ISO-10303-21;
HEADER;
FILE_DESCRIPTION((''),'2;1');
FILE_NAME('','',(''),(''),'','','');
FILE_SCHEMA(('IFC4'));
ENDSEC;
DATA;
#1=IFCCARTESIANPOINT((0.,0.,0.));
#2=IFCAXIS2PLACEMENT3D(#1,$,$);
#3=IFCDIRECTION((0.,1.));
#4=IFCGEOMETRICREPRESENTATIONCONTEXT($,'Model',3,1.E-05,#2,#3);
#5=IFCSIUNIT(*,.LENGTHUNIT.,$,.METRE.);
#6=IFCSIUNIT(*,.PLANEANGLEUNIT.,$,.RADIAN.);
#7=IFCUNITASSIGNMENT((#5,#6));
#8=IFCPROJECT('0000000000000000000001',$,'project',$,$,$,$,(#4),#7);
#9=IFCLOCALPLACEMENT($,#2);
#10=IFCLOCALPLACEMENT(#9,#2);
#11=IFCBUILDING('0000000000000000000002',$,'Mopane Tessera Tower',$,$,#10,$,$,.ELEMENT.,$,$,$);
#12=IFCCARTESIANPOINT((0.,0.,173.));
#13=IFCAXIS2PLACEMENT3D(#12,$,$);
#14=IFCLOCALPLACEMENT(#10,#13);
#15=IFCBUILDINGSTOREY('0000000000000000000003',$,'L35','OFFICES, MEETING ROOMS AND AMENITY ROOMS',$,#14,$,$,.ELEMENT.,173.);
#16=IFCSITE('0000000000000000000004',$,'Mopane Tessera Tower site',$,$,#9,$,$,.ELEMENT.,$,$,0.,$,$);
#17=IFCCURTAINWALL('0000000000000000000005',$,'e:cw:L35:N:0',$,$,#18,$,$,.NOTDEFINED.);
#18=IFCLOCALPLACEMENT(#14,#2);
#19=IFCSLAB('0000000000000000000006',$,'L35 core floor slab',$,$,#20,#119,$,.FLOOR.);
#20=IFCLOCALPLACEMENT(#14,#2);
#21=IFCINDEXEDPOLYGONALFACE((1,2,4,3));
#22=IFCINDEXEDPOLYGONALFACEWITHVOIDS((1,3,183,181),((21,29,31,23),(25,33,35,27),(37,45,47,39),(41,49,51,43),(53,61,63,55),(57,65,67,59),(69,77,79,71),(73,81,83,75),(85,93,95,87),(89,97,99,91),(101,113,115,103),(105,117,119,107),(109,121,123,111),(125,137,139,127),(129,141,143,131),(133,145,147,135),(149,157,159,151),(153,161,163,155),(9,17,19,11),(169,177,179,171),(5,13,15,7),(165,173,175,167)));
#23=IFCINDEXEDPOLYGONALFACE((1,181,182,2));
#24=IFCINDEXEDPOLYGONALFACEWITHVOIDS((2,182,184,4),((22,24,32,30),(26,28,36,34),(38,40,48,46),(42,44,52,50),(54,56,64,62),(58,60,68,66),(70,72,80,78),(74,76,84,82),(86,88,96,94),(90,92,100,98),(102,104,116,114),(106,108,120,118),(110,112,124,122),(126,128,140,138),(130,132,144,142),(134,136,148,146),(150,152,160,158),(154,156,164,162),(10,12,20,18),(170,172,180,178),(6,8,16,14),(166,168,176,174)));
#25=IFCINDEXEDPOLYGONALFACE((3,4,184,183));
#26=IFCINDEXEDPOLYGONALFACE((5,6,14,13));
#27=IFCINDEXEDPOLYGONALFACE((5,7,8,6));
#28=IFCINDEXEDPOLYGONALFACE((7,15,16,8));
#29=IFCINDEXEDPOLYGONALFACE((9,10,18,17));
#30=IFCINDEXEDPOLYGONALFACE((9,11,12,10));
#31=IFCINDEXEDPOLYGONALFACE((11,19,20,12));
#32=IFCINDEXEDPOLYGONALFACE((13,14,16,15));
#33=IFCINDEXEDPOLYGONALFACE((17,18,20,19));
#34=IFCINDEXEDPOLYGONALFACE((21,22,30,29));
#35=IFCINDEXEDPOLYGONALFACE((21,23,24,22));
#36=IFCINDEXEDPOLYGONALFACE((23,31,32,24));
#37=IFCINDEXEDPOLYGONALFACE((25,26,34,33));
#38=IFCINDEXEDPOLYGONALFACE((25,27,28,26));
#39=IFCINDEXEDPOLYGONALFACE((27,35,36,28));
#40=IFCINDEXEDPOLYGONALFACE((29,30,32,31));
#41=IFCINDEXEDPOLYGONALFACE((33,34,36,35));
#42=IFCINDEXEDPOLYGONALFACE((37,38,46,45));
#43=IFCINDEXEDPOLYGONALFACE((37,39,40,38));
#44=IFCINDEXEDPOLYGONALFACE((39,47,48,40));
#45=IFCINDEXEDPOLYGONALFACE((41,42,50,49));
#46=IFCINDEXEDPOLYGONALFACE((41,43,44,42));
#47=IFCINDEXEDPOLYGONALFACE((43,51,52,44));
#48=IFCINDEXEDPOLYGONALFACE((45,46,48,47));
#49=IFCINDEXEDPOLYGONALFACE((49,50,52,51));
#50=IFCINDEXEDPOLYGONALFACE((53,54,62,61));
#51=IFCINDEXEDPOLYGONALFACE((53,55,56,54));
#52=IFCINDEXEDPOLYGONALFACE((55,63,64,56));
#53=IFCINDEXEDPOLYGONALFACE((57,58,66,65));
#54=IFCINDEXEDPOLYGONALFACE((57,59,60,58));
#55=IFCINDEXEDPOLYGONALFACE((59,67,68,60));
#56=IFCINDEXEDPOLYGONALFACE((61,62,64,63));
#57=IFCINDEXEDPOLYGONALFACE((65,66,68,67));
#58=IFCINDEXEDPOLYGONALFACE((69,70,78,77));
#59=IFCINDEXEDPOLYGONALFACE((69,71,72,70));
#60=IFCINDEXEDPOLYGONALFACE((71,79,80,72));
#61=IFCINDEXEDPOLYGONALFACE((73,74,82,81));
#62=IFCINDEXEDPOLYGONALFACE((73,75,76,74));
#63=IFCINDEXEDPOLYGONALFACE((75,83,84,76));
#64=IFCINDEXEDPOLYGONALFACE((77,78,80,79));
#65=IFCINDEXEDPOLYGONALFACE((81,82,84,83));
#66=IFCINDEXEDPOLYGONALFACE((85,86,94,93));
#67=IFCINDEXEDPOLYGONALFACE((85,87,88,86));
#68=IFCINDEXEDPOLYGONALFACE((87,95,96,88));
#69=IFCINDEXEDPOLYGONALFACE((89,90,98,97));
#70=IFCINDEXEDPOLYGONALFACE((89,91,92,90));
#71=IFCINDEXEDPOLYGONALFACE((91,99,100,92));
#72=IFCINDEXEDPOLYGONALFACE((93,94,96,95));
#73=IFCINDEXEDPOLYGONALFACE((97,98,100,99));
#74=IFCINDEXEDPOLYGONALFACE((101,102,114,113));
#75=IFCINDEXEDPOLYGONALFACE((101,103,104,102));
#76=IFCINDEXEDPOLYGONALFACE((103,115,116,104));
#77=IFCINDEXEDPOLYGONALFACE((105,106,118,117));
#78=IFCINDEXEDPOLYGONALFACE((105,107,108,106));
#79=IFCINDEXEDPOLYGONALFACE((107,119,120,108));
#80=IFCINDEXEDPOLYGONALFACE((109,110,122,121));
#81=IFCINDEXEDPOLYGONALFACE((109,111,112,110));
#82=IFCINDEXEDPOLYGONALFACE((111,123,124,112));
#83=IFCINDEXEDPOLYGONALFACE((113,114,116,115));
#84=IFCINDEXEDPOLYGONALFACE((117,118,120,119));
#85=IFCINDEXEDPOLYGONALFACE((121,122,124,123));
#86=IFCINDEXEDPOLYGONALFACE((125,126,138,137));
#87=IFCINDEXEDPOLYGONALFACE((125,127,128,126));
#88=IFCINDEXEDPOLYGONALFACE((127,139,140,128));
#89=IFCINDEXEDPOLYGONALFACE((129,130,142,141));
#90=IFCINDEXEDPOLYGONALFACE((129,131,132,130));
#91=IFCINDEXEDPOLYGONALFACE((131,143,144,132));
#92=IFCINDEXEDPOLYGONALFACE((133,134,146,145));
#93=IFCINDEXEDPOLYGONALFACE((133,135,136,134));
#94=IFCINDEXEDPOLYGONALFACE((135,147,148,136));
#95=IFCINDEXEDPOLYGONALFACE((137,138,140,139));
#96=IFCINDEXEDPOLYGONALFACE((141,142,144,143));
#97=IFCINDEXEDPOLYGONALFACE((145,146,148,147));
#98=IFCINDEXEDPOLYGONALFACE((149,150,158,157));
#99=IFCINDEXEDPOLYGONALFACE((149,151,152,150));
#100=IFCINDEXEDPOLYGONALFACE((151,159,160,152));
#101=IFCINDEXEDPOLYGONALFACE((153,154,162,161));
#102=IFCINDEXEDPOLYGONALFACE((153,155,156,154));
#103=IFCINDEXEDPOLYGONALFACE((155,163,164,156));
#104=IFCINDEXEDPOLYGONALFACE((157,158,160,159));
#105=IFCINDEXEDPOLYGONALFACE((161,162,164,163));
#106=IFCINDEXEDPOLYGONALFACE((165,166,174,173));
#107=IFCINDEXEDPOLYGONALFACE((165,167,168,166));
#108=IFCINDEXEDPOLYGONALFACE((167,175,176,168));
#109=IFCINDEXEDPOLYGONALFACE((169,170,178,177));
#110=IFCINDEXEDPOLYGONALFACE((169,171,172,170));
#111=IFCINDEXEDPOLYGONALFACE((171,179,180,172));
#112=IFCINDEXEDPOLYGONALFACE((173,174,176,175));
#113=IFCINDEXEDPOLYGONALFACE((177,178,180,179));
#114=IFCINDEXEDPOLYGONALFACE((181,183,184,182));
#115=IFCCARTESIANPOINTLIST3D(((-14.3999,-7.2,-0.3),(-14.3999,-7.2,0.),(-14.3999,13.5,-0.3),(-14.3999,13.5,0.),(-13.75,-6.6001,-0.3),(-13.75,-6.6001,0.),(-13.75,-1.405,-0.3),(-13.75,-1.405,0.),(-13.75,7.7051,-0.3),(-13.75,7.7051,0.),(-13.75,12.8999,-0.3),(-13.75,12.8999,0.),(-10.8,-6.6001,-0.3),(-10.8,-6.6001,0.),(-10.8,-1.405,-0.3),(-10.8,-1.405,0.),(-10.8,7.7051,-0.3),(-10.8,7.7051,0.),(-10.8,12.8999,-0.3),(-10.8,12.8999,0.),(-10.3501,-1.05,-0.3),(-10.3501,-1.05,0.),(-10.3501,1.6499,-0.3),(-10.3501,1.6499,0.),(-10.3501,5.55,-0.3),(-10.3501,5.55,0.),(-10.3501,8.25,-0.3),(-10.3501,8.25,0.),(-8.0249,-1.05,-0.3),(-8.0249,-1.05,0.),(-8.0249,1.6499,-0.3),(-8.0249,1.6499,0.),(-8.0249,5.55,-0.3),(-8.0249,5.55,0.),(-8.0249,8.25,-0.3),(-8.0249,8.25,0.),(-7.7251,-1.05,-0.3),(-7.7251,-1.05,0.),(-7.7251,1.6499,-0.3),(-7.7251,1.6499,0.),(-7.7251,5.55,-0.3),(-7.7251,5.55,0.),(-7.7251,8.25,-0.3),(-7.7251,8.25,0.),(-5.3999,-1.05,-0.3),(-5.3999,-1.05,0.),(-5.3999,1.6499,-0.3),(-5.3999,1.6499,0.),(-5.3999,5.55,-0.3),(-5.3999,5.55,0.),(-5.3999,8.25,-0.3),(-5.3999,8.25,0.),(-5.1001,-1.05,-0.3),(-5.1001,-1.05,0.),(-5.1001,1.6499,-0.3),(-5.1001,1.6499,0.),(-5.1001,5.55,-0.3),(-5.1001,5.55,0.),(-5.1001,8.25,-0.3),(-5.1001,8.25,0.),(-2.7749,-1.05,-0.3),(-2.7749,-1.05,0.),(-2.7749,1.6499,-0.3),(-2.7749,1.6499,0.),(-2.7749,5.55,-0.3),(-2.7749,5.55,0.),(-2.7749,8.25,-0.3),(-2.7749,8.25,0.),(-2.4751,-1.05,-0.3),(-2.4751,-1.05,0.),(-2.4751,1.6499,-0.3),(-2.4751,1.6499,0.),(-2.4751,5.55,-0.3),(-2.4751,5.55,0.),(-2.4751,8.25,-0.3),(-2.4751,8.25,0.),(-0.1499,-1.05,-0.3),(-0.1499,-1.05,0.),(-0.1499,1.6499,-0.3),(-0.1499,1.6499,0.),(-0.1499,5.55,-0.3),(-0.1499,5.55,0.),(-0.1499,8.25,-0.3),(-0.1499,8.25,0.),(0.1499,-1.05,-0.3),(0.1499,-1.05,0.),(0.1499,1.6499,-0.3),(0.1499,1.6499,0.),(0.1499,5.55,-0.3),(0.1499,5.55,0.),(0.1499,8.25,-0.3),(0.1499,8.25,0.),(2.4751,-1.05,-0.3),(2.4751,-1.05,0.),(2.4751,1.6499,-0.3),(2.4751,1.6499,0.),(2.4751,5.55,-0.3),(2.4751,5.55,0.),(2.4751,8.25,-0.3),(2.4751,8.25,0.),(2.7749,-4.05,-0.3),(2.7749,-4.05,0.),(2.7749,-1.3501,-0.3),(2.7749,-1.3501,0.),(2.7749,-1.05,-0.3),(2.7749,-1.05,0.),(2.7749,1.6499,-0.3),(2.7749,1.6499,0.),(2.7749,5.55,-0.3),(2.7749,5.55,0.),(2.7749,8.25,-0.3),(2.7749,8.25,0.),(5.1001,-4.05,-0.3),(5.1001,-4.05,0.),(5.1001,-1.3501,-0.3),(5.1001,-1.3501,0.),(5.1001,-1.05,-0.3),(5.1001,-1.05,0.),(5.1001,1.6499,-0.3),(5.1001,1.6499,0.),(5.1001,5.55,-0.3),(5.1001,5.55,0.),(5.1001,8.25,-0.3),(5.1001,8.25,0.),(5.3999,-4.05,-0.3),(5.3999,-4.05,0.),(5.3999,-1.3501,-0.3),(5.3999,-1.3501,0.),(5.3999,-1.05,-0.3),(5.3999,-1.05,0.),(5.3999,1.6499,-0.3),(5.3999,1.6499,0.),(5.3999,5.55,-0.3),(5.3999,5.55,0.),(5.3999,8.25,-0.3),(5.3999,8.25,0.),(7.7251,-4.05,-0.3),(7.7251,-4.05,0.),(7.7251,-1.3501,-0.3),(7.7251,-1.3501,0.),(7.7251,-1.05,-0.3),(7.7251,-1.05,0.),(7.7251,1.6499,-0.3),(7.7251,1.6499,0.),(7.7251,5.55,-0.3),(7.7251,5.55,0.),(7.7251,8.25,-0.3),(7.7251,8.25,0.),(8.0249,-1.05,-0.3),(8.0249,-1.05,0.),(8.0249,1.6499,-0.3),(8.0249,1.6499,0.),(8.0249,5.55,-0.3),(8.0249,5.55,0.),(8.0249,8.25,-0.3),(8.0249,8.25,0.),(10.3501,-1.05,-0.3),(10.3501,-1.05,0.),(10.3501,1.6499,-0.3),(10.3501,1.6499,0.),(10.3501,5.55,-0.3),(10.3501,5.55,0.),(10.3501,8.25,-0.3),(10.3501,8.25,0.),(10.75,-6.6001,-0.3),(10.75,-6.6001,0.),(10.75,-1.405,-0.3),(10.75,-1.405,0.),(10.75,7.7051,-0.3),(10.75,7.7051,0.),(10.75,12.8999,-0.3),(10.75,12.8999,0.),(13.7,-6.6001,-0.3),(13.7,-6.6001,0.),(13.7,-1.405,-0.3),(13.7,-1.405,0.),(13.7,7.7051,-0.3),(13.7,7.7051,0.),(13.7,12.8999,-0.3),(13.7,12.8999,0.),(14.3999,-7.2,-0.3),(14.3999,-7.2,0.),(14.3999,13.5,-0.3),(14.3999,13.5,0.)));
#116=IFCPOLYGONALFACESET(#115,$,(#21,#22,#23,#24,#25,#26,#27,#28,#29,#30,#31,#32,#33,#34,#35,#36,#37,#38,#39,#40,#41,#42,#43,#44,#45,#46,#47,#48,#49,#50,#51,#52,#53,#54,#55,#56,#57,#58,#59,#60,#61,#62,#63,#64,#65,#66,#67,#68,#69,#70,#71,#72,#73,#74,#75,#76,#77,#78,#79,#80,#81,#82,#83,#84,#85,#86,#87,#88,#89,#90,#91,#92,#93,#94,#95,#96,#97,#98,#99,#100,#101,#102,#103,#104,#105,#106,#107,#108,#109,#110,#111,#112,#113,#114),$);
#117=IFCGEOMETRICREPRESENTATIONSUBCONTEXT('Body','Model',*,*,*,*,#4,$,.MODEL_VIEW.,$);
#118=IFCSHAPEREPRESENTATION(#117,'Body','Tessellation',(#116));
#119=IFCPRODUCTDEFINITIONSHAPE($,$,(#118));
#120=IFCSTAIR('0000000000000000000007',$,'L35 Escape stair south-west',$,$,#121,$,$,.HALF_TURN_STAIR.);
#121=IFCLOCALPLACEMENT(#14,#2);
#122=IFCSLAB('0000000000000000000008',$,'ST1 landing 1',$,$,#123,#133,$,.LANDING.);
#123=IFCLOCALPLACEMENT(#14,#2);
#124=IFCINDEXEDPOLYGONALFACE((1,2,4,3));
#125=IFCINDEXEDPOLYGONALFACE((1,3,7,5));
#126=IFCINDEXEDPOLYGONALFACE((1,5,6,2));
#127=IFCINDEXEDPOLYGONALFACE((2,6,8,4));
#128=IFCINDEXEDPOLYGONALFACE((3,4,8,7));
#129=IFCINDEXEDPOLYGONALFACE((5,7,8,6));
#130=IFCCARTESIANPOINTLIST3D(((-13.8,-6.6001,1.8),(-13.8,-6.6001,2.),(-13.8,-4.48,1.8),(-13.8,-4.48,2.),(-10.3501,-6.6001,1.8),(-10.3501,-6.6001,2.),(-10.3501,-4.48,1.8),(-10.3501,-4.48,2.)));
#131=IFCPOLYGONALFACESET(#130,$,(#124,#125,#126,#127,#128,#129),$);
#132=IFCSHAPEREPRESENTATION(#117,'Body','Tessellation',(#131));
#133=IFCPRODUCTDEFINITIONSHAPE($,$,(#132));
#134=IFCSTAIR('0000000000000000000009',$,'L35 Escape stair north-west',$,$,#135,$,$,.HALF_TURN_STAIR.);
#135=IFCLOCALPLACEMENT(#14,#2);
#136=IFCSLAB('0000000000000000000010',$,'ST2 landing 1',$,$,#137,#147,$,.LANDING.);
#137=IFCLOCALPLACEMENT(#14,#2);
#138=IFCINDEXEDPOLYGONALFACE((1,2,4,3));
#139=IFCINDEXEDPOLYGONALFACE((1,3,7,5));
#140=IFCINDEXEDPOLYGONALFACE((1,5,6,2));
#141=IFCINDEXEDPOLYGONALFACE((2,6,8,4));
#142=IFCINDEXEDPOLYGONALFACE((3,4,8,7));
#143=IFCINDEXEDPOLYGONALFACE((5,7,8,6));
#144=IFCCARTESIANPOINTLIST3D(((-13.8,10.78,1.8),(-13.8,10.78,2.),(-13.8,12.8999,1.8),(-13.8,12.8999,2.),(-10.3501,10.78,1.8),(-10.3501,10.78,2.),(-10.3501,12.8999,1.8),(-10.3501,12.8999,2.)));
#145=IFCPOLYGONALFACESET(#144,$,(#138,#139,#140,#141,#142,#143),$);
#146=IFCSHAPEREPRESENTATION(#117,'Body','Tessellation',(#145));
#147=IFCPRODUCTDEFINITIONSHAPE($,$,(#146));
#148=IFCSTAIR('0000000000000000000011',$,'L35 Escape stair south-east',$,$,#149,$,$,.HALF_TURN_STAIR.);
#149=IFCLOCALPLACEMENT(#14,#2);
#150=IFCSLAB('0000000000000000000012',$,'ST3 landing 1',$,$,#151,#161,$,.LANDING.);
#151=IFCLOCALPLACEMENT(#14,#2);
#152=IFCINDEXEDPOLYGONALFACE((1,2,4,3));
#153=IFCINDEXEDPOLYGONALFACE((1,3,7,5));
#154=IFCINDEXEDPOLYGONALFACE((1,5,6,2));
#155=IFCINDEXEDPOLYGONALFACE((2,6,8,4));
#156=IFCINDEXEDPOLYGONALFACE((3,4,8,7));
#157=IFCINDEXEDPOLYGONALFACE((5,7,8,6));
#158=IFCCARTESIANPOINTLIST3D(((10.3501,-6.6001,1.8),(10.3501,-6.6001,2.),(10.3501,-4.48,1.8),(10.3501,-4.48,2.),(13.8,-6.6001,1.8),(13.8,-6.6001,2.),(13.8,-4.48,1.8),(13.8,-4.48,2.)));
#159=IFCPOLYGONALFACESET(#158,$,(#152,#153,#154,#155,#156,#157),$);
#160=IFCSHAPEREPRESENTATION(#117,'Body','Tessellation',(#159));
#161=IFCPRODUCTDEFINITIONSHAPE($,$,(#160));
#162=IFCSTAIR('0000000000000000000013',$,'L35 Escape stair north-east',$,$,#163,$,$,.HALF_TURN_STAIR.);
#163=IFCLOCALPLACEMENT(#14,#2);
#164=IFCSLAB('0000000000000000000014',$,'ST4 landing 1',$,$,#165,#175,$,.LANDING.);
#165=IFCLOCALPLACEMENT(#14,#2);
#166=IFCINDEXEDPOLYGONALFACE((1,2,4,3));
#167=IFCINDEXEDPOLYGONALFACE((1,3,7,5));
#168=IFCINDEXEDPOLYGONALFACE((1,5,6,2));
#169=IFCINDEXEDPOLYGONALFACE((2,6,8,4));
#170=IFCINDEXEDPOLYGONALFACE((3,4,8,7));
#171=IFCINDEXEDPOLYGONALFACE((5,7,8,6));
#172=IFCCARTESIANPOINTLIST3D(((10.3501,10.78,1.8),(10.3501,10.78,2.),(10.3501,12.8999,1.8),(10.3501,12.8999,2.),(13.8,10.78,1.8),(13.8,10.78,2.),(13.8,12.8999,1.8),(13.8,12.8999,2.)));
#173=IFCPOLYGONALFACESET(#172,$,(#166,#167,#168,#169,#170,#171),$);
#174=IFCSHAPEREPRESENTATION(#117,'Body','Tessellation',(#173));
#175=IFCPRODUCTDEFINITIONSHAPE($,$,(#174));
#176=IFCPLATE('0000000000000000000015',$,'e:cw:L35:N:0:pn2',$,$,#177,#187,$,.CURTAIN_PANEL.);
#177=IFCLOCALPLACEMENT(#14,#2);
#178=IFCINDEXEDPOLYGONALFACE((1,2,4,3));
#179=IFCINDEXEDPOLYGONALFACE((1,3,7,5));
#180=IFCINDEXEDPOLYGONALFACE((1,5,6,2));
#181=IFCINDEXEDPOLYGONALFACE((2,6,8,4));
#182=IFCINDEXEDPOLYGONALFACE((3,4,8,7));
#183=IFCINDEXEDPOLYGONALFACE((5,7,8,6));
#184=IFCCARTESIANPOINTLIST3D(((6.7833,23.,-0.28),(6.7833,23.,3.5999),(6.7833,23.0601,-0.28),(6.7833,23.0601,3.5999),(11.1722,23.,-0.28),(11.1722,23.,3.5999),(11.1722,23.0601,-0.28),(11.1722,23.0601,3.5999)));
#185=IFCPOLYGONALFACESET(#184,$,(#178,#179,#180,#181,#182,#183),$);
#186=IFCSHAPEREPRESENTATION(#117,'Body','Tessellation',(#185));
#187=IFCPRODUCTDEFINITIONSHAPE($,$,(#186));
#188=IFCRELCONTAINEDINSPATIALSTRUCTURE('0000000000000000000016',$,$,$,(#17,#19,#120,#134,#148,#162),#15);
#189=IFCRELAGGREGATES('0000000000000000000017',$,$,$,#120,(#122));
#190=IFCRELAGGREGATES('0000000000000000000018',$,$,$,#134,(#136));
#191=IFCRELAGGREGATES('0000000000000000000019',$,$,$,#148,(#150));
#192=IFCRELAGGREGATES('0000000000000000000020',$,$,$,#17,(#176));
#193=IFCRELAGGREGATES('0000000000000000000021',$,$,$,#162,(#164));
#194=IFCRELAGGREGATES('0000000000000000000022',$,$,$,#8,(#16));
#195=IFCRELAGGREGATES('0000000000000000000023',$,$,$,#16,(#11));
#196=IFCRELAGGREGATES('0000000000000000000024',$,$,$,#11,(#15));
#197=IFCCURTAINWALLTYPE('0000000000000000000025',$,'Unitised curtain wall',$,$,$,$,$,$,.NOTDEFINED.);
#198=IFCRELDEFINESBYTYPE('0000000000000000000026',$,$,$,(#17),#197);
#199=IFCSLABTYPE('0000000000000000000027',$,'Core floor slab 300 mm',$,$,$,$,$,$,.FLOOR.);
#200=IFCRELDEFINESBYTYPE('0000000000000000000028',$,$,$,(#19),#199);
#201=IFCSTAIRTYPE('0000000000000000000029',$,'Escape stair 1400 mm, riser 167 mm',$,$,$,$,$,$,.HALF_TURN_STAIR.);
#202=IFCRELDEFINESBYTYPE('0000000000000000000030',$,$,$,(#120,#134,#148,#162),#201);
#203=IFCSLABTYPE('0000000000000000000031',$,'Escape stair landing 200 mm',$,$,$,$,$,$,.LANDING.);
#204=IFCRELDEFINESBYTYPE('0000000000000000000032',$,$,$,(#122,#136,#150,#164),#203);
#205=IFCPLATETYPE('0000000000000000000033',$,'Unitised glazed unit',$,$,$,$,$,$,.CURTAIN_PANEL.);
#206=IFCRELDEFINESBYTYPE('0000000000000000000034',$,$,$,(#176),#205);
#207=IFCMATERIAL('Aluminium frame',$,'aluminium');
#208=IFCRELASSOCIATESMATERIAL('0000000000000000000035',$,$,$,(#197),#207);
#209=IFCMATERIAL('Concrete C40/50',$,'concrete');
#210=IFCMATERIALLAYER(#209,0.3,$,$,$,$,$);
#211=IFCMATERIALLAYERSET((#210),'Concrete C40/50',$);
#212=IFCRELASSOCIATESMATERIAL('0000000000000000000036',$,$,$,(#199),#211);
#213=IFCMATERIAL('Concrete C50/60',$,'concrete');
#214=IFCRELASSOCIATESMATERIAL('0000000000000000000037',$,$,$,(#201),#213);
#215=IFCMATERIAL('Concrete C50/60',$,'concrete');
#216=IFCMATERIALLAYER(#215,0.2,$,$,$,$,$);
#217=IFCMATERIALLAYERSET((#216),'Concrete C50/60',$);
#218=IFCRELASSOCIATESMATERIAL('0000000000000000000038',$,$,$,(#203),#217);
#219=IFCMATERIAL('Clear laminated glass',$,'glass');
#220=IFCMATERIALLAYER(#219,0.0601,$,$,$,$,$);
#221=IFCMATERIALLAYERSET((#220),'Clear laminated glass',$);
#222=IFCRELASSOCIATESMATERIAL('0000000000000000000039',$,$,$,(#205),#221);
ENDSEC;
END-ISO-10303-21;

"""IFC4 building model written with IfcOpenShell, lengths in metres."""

from ifc_helpers import new_model, si_unit, direction, frame, origin, origin_2d, place, context, subcontext, project, spatial, polyline, rectangle, outline, extrude, material, layer, layer_set, type_object, element, aggregate, save


model = new_model("IFC4")

# Units and contexts
model_context = context("Model", 3, precision=1e-05, world=origin(), true_north=direction((0.0, 1.0)))
body_context = subcontext(model_context, "Body", "Model", "MODEL_VIEW")
ifc_project = project(units=[si_unit("LENGTHUNIT", "METRE"), si_unit("PLANEANGLEUNIT", "RADIAN")], contexts=[model_context])

# Site, building, storey
site_placement = place(None, origin())
site = spatial("IfcSite", under=ifc_project, at=site_placement, Name="Mopane Tessera Tower site", CompositionType="ELEMENT", RefElevation=0.0)
building_placement = place(site_placement, origin())
building = spatial("IfcBuilding", under=site, at=building_placement, Name="Mopane Tessera Tower", CompositionType="ELEMENT")
storey_placement = place(building_placement, frame((0.0, 0.0, 173.0)))
storey = spatial("IfcBuildingStorey", under=building, at=storey_placement, Name="L35", Description="OFFICES, MEETING ROOMS AND AMENITY ROOMS", CompositionType="ELEMENT", Elevation=173.0)

# Curtain wall
ifc_material_1 = material(Name="Aluminium frame", Category="aluminium")
curtain_wall_type = type_object("IfcCurtainWallType", Name="Unitised curtain wall", PredefinedType="NOTDEFINED", material=ifc_material_1)
curtain_wall_1_placement = place(storey_placement, origin())
curtain_wall_1 = element("IfcCurtainWall", 1, at=curtain_wall_1_placement, inside=storey, type_object=curtain_wall_type, Name="e:cw:L35:N:0", PredefinedType="NOTDEFINED")

# Slab
ifc_material_2 = material(Name="Concrete C40/50", Category="concrete")
ifc_layer_1 = layer(ifc_material_2, 0.3)
ifc_layer_set_1 = layer_set([ifc_layer_1], Name="Concrete C40/50")
slab_type_1 = type_object("IfcSlabType", Name="Core floor slab 300 mm", PredefinedType="FLOOR", material=ifc_layer_set_1)
slab_1_placement = place(storey_placement, frame((0.0, 0.0, -0.3)))
element("IfcSlab", 2, at=slab_1_placement, inside=storey, type_object=slab_type_1, Name="L35 core floor slab", PredefinedType="FLOOR", context=body_context, shape_type="SweptSolid", body=[
    extrude(outline(polyline([(-14.3999, -7.2), (14.3999, -7.2), (14.3999, 13.5), (-14.3999, 13.5), (-14.3999, -7.2)]), holes=[polyline([(-10.3501, -1.05), (-8.0249, -1.05), (-8.0249, 1.6499), (-10.3501, 1.6499), (-10.3501, -1.05)]), polyline([(-7.7251, -1.05), (-5.3999, -1.05), (-5.3999, 1.6499), (-7.7251, 1.6499), (-7.7251, -1.05)]), polyline([(-5.1001, -1.05), (-2.7749, -1.05), (-2.7749, 1.6499), (-5.1001, 1.6499), (-5.1001, -1.05)]), polyline([(-2.4751, -1.05), (-0.1499, -1.05), (-0.1499, 1.6499), (-2.4751, 1.6499), (-2.4751, -1.05)]), polyline([(0.1499, -1.05), (2.4751, -1.05), (2.4751, 1.6499), (0.1499, 1.6499), (0.1499, -1.05)]), polyline([(2.7749, -1.05), (5.1001, -1.05), (5.1001, 1.6499), (2.7749, 1.6499), (2.7749, -1.05)]), polyline([(5.3999, -1.05), (7.7251, -1.05), (7.7251, 1.6499), (5.3999, 1.6499), (5.3999, -1.05)]), polyline([(8.0249, -1.05), (10.3501, -1.05), (10.3501, 1.6499), (8.0249, 1.6499), (8.0249, -1.05)]), polyline([(-10.3501, 5.55), (-8.0249, 5.55), (-8.0249, 8.25), (-10.3501, 8.25), (-10.3501, 5.55)]), polyline([(-7.7251, 5.55), (-5.3999, 5.55), (-5.3999, 8.25), (-7.7251, 8.25), (-7.7251, 5.55)]), polyline([(-5.1001, 5.55), (-2.7749, 5.55), (-2.7749, 8.25), (-5.1001, 8.25), (-5.1001, 5.55)]), polyline([(-2.4751, 5.55), (-0.1499, 5.55), (-0.1499, 8.25), (-2.4751, 8.25), (-2.4751, 5.55)]), polyline([(0.1499, 5.55), (2.4751, 5.55), (2.4751, 8.25), (0.1499, 8.25), (0.1499, 5.55)]), polyline([(2.7749, 5.55), (5.1001, 5.55), (5.1001, 8.25), (2.7749, 8.25), (2.7749, 5.55)]), polyline([(5.3999, 5.55), (7.7251, 5.55), (7.7251, 8.25), (5.3999, 8.25), (5.3999, 5.55)]), polyline([(8.0249, 5.55), (10.3501, 5.55), (10.3501, 8.25), (8.0249, 8.25), (8.0249, 5.55)]), polyline([(2.7749, -4.05), (5.1001, -4.05), (5.1001, -1.3501), (2.7749, -1.3501), (2.7749, -4.05)]), polyline([(5.3999, -4.05), (7.7251, -4.05), (7.7251, -1.3501), (5.3999, -1.3501), (5.3999, -4.05)]), polyline([(-13.75, -1.405), (-13.75, -6.6001), (-10.8, -6.6001), (-10.8, -1.405), (-13.75, -1.405)]), polyline([(-10.8, 7.7051), (-10.8, 12.8999), (-13.75, 12.8999), (-13.75, 7.7051), (-10.8, 7.7051)]), polyline([(10.75, -1.405), (10.75, -6.6001), (13.7, -6.6001), (13.7, -1.405), (10.75, -1.405)]), polyline([(13.7, 7.7051), (13.7, 12.8999), (10.75, 12.8999), (10.75, 7.7051), (13.7, 7.7051)])]), origin(), (0.0, 0.0, 1.0), 0.3),
])

# Stairs, slabs
ifc_material_3 = material(Name="Concrete C50/60", Category="concrete")
stair_type = type_object("IfcStairType", Name="Escape stair 1400 mm, riser 167 mm", PredefinedType="HALF_TURN_STAIR", material=ifc_material_3)
stair_1_placement = place(storey_placement, origin())
stair_1 = element("IfcStair", 3, at=stair_1_placement, inside=storey, type_object=stair_type, Name="L35 Escape stair south-west", PredefinedType="HALF_TURN_STAIR")
ifc_material_4 = material(Name="Concrete C50/60", Category="concrete")
ifc_layer_2 = layer(ifc_material_4, 0.2)
ifc_layer_set_2 = layer_set([ifc_layer_2], Name="Concrete C50/60")
slab_type_2 = type_object("IfcSlabType", Name="Escape stair landing 200 mm", PredefinedType="LANDING", material=ifc_layer_set_2)
slab_2_placement = place(storey_placement, frame((0.0, 0.0, 1.8)))
slab_2 = element("IfcSlab", 4, at=slab_2_placement, type_object=slab_type_2, Name="ST1 landing 1", PredefinedType="LANDING", context=body_context, shape_type="SweptSolid", body=[
    extrude(outline(polyline([(-13.8, -4.48), (-13.8, -6.6001), (-10.3501, -6.6001), (-10.3501, -4.48), (-13.8, -4.48)])), origin(), (0.0, 0.0, 1.0), 0.2),
])
aggregate(stair_1, [slab_2])
stair_2_placement = place(storey_placement, origin())
stair_2 = element("IfcStair", 5, at=stair_2_placement, inside=storey, type_object=stair_type, Name="L35 Escape stair north-west", PredefinedType="HALF_TURN_STAIR")
slab_3_placement = place(storey_placement, frame((0.0, 0.0, 1.8)))
slab_3 = element("IfcSlab", 6, at=slab_3_placement, type_object=slab_type_2, Name="ST2 landing 1", PredefinedType="LANDING", context=body_context, shape_type="SweptSolid", body=[
    extrude(outline(polyline([(-10.3501, 10.78), (-10.3501, 12.8999), (-13.8, 12.8999), (-13.8, 10.78), (-10.3501, 10.78)])), origin(), (0.0, 0.0, 1.0), 0.2),
])
aggregate(stair_2, [slab_3])
stair_3_placement = place(storey_placement, origin())
stair_3 = element("IfcStair", 7, at=stair_3_placement, inside=storey, type_object=stair_type, Name="L35 Escape stair south-east", PredefinedType="HALF_TURN_STAIR")
slab_4_placement = place(storey_placement, frame((0.0, 0.0, 1.8)))
slab_4 = element("IfcSlab", 8, at=slab_4_placement, type_object=slab_type_2, Name="ST3 landing 1", PredefinedType="LANDING", context=body_context, shape_type="SweptSolid", body=[
    extrude(outline(polyline([(10.3501, -4.48), (10.3501, -6.6001), (13.8, -6.6001), (13.8, -4.48), (10.3501, -4.48)])), origin(), (0.0, 0.0, 1.0), 0.2),
])
aggregate(stair_3, [slab_4])
stair_4_placement = place(storey_placement, origin())
stair_4 = element("IfcStair", 9, at=stair_4_placement, inside=storey, type_object=stair_type, Name="L35 Escape stair north-east", PredefinedType="HALF_TURN_STAIR")
slab_5_placement = place(storey_placement, frame((0.0, 0.0, 1.8)))
slab_5 = element("IfcSlab", 10, at=slab_5_placement, type_object=slab_type_2, Name="ST4 landing 1", PredefinedType="LANDING", context=body_context, shape_type="SweptSolid", body=[
    extrude(outline(polyline([(13.8, 10.78), (13.8, 12.8999), (10.3501, 12.8999), (10.3501, 10.78), (13.8, 10.78)])), origin(), (0.0, 0.0, 1.0), 0.2),
])

# Plate
ifc_material_5 = material(Name="Clear laminated glass", Category="glass")
ifc_layer_3 = layer(ifc_material_5, 0.0601)
ifc_layer_set_3 = layer_set([ifc_layer_3], Name="Clear laminated glass")
plate_type = type_object("IfcPlateType", Name="Unitised glazed unit", PredefinedType="CURTAIN_PANEL", material=ifc_layer_set_3)
plate_1_placement = place(storey_placement, frame((8.9778, 23.03, -0.28), z_axis=(0.0, 0.0, 1.0), x_axis=(-1.0, 0.0, 0.0)))
plate_1 = element("IfcPlate", 11, at=plate_1_placement, type_object=plate_type, Name="e:cw:L35:N:0:pn2", PredefinedType="CURTAIN_PANEL", context=body_context, shape_type="SweptSolid", body=[
    extrude(rectangle(XDim=4.3889, YDim=0.0601, at=origin_2d()), origin(), (0.0, 0.0, 1.0), 3.8799),
])
aggregate(curtain_wall_1, [plate_1])

aggregate(stair_4, [slab_5])

save(model, "model.ifc")
